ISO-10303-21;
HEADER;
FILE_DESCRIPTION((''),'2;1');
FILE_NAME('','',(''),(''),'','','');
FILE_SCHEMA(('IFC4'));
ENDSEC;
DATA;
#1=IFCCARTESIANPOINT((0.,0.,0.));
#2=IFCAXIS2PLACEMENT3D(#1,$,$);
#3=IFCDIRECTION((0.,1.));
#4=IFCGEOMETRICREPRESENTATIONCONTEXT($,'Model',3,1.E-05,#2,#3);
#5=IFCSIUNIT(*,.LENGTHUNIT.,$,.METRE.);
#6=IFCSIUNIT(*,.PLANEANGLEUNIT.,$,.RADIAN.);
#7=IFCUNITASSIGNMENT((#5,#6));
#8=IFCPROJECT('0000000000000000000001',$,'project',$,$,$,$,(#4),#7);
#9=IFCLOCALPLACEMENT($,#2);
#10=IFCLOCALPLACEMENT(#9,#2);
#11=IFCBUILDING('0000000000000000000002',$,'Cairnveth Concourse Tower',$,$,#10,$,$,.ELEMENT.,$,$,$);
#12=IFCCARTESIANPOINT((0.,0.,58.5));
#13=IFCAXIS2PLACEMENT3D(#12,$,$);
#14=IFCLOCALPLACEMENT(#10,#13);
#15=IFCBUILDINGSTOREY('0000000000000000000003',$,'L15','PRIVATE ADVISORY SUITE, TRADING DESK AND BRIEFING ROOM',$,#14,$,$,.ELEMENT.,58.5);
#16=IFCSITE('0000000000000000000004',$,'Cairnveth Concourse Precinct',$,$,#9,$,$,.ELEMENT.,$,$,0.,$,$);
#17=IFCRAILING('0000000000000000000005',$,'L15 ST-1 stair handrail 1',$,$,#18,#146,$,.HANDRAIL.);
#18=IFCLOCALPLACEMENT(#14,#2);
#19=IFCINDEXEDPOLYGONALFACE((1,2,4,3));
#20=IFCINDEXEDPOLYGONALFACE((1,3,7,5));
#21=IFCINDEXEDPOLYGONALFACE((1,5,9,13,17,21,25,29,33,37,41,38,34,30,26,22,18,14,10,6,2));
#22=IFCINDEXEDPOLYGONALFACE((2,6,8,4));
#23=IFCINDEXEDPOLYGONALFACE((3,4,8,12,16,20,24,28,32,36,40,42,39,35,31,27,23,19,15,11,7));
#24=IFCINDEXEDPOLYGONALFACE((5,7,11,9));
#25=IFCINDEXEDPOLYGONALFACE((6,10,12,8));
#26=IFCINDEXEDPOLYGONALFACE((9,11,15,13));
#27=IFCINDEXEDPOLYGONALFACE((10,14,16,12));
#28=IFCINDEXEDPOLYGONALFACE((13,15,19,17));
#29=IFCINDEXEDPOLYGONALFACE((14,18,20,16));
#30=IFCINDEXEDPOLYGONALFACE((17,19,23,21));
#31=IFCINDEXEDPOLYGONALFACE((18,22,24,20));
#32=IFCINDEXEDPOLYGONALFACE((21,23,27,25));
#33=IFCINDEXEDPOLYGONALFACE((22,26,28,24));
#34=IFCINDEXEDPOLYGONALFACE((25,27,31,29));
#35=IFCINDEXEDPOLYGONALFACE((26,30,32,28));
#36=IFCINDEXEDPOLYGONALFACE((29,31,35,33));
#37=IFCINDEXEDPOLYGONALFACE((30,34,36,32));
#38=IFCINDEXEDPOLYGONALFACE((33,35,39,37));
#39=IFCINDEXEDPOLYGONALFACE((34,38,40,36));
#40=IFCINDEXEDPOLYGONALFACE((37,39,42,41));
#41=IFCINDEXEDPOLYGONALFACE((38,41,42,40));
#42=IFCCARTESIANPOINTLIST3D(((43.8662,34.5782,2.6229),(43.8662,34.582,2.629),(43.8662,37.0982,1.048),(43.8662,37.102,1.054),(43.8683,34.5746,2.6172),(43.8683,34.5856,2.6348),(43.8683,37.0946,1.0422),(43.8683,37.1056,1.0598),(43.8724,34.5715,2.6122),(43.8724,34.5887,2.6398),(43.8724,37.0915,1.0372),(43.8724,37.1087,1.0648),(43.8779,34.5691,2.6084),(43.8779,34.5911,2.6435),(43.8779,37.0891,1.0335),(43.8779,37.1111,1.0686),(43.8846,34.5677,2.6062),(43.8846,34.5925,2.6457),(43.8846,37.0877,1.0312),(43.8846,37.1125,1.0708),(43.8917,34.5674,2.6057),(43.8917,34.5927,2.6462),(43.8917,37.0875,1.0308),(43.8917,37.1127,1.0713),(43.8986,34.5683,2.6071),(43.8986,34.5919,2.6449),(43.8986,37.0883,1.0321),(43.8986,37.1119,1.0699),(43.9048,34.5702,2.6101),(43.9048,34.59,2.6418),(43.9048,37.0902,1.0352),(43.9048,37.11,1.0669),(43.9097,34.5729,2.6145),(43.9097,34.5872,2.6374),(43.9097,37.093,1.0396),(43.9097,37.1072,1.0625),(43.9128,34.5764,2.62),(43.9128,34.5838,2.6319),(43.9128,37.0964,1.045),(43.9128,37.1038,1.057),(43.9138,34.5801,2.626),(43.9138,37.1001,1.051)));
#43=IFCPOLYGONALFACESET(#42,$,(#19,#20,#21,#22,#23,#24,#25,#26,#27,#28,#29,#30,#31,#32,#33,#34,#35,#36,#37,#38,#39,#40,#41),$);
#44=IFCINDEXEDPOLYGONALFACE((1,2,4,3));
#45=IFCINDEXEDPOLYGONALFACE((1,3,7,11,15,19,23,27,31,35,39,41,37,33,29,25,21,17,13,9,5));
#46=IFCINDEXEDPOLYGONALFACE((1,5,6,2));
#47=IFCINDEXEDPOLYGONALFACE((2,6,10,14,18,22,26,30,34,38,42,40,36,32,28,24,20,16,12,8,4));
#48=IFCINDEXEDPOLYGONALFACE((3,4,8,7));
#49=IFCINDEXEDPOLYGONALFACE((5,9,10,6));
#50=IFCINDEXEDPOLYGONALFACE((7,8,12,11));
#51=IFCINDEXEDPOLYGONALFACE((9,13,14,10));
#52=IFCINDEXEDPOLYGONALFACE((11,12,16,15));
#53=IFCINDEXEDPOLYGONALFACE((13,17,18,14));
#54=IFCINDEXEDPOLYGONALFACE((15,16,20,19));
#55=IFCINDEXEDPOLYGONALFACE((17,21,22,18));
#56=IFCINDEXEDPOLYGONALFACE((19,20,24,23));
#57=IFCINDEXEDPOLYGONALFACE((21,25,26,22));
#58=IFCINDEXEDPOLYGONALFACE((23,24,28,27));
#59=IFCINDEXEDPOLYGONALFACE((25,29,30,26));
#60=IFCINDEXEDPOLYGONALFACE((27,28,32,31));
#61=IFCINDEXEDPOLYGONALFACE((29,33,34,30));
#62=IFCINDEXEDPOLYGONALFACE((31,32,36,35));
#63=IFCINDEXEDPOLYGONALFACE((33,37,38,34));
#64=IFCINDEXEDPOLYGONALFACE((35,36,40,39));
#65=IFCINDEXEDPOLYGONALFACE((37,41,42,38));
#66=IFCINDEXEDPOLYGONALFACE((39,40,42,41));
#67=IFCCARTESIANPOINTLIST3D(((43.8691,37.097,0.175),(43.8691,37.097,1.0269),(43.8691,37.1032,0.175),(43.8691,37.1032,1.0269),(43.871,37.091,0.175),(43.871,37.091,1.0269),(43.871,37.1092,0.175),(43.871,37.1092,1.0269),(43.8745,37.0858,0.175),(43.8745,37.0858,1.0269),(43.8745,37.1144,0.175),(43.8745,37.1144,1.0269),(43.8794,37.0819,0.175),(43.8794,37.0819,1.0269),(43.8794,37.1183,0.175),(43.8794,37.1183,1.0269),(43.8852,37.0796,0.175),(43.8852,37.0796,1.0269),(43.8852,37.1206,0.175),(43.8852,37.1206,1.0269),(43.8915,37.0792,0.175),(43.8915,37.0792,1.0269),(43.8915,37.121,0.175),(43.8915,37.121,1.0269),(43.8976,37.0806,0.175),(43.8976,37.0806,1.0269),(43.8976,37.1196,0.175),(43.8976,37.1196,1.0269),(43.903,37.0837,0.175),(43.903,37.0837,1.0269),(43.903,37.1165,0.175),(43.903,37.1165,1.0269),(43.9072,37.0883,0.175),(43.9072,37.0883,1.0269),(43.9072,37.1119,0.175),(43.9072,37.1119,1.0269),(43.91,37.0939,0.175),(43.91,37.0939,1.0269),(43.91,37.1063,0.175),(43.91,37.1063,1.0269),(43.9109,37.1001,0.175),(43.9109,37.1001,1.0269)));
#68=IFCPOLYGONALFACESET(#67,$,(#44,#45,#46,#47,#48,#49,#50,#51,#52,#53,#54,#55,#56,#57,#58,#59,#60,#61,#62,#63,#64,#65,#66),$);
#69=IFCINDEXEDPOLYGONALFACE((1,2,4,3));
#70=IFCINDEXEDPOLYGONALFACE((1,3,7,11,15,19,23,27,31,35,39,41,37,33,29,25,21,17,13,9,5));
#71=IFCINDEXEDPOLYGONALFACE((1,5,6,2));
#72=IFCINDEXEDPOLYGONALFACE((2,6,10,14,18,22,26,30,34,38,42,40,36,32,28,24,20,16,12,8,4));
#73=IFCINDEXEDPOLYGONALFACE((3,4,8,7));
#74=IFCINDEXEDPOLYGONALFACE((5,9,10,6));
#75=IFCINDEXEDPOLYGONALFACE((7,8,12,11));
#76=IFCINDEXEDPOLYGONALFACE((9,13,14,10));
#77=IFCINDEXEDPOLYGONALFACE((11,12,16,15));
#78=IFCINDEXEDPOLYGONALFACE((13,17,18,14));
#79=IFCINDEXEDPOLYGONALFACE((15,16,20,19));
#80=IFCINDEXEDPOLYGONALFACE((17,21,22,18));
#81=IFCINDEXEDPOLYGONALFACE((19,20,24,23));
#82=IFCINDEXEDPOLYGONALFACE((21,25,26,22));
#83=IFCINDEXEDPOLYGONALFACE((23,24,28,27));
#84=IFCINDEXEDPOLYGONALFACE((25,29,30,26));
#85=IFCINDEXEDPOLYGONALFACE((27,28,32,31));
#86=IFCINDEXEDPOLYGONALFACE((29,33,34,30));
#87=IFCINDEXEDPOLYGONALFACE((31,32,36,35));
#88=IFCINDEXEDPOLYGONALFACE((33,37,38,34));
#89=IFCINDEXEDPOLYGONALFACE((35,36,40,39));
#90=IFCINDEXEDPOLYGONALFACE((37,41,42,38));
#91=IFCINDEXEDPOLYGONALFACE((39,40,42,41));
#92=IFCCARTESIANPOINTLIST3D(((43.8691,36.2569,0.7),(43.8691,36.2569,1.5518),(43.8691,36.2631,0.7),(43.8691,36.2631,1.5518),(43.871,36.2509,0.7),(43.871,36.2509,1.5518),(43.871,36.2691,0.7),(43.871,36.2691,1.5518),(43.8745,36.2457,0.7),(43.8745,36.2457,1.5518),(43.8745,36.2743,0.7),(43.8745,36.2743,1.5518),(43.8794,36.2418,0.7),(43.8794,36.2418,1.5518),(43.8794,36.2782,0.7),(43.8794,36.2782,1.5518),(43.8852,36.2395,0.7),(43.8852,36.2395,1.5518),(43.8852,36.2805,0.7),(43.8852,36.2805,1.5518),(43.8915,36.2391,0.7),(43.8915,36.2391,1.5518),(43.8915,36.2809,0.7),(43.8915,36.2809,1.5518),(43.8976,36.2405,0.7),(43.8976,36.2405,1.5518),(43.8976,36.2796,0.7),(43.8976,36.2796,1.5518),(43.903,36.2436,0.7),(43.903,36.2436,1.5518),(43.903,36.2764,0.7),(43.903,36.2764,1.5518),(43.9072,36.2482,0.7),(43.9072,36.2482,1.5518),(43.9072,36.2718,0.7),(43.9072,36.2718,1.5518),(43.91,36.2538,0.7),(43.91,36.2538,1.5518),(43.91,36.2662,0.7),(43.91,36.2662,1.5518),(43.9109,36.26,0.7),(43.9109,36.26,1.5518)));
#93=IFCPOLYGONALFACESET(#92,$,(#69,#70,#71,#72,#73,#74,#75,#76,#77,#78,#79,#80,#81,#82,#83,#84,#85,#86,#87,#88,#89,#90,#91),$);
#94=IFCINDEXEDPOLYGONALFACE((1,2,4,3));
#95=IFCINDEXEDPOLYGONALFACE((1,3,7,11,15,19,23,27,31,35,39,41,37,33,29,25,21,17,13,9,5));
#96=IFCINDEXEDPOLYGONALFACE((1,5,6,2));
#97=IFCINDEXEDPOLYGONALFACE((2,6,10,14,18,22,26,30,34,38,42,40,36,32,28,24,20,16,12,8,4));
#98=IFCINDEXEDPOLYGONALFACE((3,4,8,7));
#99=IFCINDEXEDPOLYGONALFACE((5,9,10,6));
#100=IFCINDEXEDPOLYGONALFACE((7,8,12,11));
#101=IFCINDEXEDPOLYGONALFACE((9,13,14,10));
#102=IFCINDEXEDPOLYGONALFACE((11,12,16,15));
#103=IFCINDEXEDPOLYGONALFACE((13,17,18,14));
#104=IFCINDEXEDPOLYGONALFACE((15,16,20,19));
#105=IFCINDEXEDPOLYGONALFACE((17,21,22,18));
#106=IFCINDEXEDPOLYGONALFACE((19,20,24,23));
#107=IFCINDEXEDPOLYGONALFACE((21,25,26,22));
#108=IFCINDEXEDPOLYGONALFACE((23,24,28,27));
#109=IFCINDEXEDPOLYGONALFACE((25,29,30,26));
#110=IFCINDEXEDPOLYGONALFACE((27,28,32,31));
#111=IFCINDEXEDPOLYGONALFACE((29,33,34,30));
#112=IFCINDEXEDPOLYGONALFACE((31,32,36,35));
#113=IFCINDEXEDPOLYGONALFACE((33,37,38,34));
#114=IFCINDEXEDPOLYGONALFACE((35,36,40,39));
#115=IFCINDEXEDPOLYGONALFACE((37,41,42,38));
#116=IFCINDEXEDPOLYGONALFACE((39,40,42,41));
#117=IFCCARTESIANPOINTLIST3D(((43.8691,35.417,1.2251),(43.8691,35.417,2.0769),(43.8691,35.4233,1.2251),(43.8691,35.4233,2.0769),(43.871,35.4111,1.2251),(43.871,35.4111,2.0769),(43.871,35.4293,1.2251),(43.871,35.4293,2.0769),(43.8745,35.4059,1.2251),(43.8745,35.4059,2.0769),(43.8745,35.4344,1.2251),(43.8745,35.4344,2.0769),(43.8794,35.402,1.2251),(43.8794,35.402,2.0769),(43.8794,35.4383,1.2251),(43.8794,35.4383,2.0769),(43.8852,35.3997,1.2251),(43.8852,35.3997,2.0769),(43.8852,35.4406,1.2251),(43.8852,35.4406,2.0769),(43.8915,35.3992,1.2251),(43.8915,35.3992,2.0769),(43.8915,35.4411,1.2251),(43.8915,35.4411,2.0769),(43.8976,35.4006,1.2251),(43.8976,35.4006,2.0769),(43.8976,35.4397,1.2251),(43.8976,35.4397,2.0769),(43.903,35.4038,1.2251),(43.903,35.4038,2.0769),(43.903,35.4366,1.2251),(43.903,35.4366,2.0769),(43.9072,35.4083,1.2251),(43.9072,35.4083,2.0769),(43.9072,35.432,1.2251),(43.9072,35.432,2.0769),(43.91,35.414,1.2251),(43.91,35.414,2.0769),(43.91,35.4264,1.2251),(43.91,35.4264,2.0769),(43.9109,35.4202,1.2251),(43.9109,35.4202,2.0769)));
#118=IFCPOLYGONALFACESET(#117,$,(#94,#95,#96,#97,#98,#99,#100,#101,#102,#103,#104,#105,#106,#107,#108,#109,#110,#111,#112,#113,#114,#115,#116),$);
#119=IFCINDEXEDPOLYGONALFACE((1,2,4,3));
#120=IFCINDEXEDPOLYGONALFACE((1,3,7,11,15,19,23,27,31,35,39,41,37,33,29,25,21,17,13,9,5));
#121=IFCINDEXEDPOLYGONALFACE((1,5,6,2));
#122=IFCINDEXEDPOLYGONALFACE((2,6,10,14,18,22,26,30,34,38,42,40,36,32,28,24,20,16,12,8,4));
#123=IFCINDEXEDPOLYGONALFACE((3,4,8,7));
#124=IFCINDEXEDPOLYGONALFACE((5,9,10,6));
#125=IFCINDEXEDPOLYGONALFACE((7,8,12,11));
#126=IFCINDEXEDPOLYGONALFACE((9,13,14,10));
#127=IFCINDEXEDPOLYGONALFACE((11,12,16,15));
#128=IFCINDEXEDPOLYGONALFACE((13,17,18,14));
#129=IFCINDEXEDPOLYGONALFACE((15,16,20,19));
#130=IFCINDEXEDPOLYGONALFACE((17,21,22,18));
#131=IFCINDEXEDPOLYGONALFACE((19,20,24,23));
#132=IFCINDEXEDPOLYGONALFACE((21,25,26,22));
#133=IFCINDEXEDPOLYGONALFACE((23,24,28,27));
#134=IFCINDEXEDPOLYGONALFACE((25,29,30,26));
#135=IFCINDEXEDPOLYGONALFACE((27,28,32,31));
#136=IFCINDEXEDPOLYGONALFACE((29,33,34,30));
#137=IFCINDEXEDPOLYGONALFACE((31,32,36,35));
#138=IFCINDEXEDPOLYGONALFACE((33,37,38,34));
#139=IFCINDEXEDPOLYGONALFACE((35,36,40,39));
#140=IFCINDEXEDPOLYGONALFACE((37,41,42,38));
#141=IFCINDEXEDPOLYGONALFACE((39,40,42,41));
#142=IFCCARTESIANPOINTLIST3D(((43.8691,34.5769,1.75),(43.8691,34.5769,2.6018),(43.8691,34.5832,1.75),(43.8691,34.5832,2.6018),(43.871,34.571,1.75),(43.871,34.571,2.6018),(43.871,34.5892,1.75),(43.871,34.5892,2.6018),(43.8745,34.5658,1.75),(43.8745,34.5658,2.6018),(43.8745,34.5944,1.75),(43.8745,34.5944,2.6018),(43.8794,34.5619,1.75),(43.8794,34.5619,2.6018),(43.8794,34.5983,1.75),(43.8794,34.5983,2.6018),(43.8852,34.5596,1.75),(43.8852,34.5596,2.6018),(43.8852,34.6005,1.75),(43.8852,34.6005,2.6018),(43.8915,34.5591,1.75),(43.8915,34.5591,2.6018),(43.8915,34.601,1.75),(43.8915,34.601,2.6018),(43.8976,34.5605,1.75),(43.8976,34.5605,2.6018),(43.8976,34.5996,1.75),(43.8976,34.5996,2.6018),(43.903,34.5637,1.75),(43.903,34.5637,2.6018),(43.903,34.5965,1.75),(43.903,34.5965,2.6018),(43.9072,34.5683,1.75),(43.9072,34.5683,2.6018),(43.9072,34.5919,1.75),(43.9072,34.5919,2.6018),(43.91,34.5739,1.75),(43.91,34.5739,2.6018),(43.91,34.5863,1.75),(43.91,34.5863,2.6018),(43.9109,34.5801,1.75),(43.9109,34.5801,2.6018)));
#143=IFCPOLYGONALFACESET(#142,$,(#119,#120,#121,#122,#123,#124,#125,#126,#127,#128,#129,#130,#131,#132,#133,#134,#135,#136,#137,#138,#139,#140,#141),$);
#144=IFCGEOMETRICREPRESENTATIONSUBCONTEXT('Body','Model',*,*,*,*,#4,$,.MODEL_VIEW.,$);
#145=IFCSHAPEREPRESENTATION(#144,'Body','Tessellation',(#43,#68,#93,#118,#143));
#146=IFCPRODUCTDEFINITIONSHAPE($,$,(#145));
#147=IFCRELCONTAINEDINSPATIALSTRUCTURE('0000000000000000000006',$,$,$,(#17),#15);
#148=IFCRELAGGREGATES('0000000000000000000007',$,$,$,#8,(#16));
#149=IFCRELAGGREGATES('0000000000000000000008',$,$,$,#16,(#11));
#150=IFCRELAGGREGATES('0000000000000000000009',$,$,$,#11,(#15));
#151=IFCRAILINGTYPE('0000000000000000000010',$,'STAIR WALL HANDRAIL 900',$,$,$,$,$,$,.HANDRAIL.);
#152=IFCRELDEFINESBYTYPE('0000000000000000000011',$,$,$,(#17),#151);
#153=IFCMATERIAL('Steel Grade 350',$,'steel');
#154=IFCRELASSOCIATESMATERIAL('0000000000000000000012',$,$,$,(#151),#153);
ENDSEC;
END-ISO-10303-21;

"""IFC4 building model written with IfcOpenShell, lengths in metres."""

from ifc_helpers import new_model, si_unit, direction, frame, origin, origin_2d, place, context, subcontext, project, spatial, circle, extrude, material, type_object, element, save


model = new_model("IFC4")

# Units and contexts
model_context = context("Model", 3, precision=1e-05, world=origin(), true_north=direction((0.0, 1.0)))
body_context = subcontext(model_context, "Body", "Model", "MODEL_VIEW")
ifc_project = project(units=[si_unit("LENGTHUNIT", "METRE"), si_unit("PLANEANGLEUNIT", "RADIAN")], contexts=[model_context])

# Site, building, storey
site_placement = place(None, origin())
site = spatial("IfcSite", under=ifc_project, at=site_placement, Name="Cairnveth Concourse Precinct", CompositionType="ELEMENT", RefElevation=0.0)
building_placement = place(site_placement, origin())
building = spatial("IfcBuilding", under=site, at=building_placement, Name="Cairnveth Concourse Tower", CompositionType="ELEMENT")
storey_placement = place(building_placement, frame((0.0, 0.0, 58.5)))
storey = spatial("IfcBuildingStorey", under=building, at=storey_placement, Name="L15", Description="PRIVATE ADVISORY SUITE, TRADING DESK AND BRIEFING ROOM", CompositionType="ELEMENT", Elevation=58.5)

# Railing
ifc_material_1 = material(Name="Steel Grade 350", Category="steel")
railing_type_1 = type_object("IfcRailingType", Name="STAIR WALL HANDRAIL 900", PredefinedType="HANDRAIL", material=ifc_material_1)
railing_1_placement = place(storey_placement, frame((43.8899, 37.1001, 0.175)))
element("IfcRailing", 1, at=railing_1_placement, inside=storey, type_object=railing_type_1, Name="L15 ST-1 stair handrail 1", PredefinedType="HANDRAIL", context=body_context, shape_type="SweptSolid", body=[
    extrude(circle(Radius=0.0239, at=origin_2d()), frame((0.0, 0.0, 0.876), z_axis=(0.0, -0.848008, 0.529984), x_axis=(1.0, 0.0, 0.0)), (0.0, 0.0, 1.0), 2.9717),
    extrude(circle(Radius=0.021, at=origin_2d()), origin(), (0.0, 0.0, 1.0), 0.8518),
    extrude(circle(Radius=0.021, at=origin_2d()), frame((0.0, -0.8401, 0.5249)), (0.0, 0.0, 1.0), 0.8518),
    extrude(circle(Radius=0.021, at=origin_2d()), frame((0.0, -1.6799, 1.05)), (0.0, 0.0, 1.0), 0.8518),
    extrude(circle(Radius=0.021, at=origin_2d()), frame((0.0, -2.52, 1.575)), (0.0, 0.0, 1.0), 0.8518),
])

save(model, "model.ifc")
